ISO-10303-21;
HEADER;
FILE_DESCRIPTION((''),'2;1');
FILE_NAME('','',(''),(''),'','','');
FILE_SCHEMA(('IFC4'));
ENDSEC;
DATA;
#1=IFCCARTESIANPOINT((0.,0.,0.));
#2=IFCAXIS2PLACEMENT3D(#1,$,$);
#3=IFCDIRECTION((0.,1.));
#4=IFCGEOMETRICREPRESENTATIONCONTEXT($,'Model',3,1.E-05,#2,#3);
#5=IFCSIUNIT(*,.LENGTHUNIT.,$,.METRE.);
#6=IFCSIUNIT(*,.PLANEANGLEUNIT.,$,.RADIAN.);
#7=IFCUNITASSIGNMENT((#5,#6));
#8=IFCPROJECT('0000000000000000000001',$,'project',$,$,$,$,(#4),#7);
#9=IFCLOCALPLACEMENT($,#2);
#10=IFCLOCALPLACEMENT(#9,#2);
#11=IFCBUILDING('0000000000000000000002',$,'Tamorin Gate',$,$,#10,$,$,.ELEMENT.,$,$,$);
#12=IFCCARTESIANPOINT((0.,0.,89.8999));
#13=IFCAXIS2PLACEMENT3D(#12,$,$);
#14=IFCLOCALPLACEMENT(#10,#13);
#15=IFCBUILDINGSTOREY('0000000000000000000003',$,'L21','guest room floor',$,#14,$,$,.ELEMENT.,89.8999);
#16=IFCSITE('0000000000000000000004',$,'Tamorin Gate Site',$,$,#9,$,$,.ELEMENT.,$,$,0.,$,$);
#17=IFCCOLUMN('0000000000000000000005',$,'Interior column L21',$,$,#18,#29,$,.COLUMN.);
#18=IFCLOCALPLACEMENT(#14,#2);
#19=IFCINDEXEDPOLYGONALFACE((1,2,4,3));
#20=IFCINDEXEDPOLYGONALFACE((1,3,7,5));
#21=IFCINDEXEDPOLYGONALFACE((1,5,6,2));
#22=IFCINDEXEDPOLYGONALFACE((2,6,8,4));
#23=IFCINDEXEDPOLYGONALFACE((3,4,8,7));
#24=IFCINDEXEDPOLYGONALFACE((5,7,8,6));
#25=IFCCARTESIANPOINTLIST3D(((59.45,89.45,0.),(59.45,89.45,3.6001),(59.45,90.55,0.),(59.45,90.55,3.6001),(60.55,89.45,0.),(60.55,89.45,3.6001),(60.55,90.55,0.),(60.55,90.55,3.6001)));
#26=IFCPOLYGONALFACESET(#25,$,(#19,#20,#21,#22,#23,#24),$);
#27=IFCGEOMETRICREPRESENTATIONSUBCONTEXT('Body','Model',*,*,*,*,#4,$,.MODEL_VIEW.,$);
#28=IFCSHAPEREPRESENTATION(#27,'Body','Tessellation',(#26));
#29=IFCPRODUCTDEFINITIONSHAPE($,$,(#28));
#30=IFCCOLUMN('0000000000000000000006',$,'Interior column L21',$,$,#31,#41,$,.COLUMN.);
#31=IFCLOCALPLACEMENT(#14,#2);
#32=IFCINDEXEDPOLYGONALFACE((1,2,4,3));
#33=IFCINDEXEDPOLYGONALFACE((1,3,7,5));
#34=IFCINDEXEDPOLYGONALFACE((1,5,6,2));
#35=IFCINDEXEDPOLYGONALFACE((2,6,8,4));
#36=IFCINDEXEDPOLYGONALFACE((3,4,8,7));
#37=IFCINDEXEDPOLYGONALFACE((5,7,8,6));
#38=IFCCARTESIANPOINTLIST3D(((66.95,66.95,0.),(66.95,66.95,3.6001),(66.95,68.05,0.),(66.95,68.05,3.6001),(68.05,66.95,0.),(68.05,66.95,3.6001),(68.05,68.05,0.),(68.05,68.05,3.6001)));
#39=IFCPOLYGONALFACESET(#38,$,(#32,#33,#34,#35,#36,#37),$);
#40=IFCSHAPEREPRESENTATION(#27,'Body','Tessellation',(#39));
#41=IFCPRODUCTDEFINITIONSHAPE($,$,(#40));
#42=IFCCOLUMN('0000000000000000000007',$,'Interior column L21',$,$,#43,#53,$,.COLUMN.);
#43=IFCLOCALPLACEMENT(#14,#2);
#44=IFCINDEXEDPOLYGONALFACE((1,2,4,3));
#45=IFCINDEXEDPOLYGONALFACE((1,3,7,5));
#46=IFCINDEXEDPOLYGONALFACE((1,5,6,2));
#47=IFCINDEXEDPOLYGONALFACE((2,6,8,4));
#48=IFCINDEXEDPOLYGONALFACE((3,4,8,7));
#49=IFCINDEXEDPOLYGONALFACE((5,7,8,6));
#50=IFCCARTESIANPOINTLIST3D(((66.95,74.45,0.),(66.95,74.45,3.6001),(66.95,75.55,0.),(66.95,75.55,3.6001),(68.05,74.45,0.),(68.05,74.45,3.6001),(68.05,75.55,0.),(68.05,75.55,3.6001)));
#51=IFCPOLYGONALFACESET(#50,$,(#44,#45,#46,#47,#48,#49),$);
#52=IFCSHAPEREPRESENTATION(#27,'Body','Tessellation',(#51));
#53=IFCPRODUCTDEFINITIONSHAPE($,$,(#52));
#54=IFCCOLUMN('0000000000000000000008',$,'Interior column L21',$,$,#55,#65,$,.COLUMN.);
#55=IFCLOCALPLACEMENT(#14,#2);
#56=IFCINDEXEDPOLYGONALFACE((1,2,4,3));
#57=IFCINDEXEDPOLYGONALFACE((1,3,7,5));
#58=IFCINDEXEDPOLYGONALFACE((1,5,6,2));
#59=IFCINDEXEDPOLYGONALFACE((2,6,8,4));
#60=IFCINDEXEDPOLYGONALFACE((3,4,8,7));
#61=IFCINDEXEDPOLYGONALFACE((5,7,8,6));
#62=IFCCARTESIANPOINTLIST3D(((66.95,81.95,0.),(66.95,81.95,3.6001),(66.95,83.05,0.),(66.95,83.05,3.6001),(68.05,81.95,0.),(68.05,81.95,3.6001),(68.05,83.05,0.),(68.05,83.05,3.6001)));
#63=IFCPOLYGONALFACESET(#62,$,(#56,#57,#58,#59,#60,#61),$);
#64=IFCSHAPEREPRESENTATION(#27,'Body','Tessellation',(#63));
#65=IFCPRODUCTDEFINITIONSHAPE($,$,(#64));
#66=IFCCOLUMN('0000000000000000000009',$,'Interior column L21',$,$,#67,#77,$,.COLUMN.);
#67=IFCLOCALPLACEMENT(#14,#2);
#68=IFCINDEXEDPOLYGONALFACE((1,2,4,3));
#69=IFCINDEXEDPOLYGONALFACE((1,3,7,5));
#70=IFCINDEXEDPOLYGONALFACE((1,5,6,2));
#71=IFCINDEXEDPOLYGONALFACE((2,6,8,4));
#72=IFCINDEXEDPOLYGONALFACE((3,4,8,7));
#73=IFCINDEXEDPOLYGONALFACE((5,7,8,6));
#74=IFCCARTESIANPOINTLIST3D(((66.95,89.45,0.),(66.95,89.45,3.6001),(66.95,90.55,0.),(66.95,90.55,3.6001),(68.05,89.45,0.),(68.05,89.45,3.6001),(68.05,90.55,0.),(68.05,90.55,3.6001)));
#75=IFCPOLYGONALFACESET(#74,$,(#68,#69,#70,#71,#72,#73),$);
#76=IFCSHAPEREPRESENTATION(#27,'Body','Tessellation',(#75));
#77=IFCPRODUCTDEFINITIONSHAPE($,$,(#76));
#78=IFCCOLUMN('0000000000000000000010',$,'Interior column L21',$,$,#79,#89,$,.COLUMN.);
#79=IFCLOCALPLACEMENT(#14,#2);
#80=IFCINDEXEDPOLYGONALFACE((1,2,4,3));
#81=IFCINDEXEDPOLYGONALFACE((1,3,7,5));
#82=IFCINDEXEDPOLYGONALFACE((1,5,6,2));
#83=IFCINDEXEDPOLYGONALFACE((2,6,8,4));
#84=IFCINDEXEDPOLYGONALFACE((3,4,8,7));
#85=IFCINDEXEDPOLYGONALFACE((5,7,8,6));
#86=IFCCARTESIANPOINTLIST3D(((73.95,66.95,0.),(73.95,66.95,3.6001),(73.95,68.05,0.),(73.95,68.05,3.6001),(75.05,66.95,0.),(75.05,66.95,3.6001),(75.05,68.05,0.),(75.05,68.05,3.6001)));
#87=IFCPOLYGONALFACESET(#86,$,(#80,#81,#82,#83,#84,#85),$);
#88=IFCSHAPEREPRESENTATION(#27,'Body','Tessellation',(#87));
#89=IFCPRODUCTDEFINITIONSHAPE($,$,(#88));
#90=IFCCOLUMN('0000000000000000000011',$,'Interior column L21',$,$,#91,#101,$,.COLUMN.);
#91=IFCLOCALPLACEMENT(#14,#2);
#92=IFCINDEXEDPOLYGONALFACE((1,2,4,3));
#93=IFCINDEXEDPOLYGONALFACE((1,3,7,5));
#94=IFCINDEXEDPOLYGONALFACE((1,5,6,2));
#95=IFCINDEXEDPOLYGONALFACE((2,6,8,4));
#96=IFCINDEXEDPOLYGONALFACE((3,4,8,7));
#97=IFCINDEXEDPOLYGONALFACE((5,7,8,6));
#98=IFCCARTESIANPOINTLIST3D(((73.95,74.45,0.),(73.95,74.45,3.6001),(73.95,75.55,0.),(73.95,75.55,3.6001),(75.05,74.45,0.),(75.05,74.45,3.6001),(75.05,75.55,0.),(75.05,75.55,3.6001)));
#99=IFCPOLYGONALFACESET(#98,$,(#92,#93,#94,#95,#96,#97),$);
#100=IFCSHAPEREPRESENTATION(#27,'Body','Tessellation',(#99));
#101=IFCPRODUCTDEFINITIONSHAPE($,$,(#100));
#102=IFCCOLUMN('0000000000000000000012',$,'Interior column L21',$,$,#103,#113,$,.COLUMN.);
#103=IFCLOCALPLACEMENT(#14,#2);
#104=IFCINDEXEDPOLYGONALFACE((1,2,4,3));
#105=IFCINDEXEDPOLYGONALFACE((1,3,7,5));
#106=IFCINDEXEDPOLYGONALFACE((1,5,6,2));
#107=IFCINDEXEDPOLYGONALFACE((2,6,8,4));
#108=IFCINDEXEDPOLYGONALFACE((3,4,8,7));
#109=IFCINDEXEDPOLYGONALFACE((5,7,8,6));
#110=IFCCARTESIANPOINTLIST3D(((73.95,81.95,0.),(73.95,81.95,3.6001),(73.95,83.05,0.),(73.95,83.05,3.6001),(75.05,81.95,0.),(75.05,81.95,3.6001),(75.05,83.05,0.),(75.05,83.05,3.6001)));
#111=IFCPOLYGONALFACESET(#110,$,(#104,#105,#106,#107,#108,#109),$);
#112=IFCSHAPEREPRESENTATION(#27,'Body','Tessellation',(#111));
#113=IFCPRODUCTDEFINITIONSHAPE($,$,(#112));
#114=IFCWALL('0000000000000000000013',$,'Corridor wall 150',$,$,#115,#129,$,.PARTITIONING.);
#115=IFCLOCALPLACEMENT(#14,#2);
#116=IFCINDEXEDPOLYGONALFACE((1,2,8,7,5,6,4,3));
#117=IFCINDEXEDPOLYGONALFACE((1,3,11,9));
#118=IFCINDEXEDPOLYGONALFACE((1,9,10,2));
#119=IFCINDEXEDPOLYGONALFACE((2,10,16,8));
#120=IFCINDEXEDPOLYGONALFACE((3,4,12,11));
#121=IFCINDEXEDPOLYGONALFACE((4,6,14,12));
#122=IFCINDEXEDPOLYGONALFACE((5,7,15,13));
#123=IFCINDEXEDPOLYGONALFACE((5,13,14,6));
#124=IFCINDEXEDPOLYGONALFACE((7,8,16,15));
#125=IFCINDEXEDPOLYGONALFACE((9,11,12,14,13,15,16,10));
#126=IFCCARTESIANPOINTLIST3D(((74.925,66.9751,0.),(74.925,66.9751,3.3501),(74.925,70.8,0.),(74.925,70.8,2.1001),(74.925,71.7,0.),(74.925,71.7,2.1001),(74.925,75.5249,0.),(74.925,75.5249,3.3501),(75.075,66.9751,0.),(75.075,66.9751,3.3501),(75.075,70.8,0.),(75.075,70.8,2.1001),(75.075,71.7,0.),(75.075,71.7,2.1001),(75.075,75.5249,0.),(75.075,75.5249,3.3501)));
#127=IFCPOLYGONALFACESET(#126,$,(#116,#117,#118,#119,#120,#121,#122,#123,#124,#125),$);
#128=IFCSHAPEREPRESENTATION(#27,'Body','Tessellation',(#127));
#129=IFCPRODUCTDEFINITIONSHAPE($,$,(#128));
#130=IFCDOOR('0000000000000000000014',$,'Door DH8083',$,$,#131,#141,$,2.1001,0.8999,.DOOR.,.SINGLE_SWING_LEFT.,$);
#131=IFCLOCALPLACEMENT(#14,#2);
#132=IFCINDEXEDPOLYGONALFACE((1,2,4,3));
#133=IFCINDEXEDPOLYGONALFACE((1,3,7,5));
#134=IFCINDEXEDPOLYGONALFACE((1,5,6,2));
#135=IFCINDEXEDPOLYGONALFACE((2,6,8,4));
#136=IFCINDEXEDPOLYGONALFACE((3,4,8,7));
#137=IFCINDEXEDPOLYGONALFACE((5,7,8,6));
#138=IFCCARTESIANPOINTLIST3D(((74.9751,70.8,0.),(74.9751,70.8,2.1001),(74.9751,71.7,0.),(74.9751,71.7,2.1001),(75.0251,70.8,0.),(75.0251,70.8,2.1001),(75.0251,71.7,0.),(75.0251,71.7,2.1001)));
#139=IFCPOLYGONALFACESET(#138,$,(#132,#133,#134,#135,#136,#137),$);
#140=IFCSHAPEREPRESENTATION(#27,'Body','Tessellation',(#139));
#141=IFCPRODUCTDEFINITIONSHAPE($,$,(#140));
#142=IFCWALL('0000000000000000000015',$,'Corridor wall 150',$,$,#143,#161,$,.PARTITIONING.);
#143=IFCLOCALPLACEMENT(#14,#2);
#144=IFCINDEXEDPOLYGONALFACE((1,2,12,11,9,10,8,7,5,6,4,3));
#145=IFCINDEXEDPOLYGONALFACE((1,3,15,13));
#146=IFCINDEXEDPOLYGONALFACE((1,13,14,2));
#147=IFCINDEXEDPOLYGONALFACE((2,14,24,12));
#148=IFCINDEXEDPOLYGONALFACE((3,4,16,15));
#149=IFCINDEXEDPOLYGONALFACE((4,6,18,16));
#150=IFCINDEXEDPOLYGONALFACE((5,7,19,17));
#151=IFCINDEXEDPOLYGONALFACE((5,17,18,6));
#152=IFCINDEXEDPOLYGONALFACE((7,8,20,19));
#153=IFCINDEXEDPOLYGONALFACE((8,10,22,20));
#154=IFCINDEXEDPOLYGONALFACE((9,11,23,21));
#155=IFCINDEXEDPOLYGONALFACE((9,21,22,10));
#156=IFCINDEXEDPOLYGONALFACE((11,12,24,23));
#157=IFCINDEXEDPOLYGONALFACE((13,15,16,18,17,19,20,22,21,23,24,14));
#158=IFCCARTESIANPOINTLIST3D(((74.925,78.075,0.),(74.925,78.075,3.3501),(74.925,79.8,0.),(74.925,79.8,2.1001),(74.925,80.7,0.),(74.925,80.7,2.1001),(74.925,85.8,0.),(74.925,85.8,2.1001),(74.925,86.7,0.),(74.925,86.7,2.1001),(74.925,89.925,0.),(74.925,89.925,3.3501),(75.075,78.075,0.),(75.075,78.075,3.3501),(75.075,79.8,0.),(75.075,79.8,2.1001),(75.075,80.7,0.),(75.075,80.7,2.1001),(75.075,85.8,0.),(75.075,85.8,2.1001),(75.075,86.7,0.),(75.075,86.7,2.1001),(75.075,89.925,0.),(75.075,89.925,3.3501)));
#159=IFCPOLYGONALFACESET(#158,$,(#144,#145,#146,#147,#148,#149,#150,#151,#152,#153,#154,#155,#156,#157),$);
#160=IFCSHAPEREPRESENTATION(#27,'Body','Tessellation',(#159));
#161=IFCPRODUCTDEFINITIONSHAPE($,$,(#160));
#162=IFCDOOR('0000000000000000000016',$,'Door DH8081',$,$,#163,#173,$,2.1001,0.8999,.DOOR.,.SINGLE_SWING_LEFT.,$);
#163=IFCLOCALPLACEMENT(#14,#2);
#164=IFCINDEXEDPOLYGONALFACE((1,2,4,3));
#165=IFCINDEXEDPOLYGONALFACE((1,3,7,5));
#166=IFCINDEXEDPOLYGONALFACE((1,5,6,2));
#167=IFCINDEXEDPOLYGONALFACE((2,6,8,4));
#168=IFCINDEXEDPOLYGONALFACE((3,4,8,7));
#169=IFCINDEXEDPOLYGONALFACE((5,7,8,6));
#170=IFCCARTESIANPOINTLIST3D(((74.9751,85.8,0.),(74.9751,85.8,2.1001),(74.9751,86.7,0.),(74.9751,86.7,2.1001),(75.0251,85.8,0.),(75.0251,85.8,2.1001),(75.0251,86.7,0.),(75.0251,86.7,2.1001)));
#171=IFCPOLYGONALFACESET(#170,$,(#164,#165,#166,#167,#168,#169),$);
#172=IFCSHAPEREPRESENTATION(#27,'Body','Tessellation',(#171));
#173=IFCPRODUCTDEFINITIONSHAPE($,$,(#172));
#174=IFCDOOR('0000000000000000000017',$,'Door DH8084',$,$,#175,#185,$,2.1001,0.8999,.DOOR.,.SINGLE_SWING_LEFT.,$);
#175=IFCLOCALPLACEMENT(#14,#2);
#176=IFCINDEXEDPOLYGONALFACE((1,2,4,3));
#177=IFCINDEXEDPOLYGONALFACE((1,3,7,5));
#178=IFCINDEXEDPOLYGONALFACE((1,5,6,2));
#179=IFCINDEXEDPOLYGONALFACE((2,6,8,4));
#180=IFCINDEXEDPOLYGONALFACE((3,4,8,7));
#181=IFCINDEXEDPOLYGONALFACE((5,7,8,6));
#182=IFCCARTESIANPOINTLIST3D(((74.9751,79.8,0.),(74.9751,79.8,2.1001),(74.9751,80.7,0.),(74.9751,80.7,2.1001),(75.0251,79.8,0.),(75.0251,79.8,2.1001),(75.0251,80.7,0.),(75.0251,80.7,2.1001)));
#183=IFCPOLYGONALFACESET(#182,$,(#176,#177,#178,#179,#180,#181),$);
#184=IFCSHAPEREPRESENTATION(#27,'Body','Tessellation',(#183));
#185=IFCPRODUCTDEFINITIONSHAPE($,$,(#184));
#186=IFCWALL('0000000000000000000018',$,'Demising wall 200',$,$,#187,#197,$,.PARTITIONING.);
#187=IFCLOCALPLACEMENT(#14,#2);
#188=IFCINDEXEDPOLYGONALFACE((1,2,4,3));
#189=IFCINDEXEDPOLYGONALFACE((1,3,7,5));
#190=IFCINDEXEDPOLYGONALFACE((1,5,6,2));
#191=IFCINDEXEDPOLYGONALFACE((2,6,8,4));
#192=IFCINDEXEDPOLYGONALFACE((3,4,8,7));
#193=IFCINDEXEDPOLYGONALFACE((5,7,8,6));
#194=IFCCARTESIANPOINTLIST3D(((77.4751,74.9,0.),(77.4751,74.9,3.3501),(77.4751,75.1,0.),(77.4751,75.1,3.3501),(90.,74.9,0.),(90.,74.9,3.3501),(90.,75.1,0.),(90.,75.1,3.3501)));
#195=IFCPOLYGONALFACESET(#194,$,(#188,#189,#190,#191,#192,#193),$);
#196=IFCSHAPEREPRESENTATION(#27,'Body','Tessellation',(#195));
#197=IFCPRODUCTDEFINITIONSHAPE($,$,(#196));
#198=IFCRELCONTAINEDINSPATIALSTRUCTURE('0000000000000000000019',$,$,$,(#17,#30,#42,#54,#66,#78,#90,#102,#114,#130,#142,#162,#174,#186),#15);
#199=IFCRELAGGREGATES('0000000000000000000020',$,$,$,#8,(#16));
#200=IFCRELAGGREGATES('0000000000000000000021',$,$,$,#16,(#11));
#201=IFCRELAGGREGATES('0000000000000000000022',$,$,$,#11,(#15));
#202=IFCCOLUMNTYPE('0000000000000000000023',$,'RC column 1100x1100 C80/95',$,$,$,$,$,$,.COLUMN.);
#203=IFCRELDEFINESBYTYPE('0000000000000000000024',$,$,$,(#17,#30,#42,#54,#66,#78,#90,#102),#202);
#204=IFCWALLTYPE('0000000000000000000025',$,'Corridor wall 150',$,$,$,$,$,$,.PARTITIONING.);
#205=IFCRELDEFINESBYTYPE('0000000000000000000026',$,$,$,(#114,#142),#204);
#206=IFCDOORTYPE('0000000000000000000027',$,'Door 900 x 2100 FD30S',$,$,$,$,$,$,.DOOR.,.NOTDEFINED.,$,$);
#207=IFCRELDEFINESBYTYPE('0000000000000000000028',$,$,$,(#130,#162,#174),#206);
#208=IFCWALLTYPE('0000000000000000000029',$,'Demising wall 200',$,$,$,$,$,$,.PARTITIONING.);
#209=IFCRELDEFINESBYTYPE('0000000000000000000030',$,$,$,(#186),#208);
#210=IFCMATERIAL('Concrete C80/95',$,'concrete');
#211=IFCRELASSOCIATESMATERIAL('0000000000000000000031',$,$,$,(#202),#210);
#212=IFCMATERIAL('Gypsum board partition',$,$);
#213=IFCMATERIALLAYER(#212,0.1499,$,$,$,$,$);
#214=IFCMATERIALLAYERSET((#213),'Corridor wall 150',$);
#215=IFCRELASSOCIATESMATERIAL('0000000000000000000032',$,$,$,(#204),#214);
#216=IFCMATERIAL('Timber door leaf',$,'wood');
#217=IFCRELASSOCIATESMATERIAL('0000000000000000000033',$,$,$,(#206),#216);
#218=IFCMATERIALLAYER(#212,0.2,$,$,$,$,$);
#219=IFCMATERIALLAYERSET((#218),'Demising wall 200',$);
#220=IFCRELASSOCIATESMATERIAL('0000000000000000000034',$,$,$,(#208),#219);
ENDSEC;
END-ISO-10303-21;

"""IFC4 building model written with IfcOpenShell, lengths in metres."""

from ifc_helpers import new_model, si_unit, direction, frame, frame_2d, origin, origin_2d, place, context, subcontext, project, spatial, rectangle, extrude, material, layer, layer_set, material_profile, profile_set, type_object, element, fill, save


model = new_model("IFC4")

# Units and contexts
model_context = context("Model", 3, precision=1e-05, world=origin(), true_north=direction((0.0, 1.0)))
body_context = subcontext(model_context, "Body", "Model", "MODEL_VIEW")
ifc_project = project(units=[si_unit("LENGTHUNIT", "METRE"), si_unit("PLANEANGLEUNIT", "RADIAN")], contexts=[model_context])

# Site, building, storey
site_placement = place(None, origin())
site = spatial("IfcSite", under=ifc_project, at=site_placement, Name="Tamorin Gate Site", CompositionType="ELEMENT", RefElevation=0.0)
building_placement = place(site_placement, origin())
building = spatial("IfcBuilding", under=site, at=building_placement, Name="Tamorin Gate", CompositionType="ELEMENT")
storey_placement = place(building_placement, frame((0.0, 0.0, 89.8999)))
storey = spatial("IfcBuildingStorey", under=building, at=storey_placement, Name="L21", Description="guest room floor", CompositionType="ELEMENT", Elevation=89.8999)

# Columns
ifc_material_1 = material(Name="Concrete C80/95", Category="concrete")
ifc_material_profile = material_profile(ifc_material_1, rectangle(XDim=1.1001, YDim=1.1001, at=origin_2d()), Name="RC 1100x1100")
ifc_profile_set = profile_set([ifc_material_profile], Name="Concrete C80/95")
column_type = type_object("IfcColumnType", Name="RC column 1100x1100 C80/95", PredefinedType="COLUMN", material=ifc_profile_set)
for number, where, z_axis, x_axis, name in (
    (1, (60.0, 90.0, 0.0), (0.0, 0.0, 1.0), (1.0, 0.0, 0.0), "Interior column L21"),
    (2, (67.5, 67.5, 0.0), (0.0, 0.0, 1.0), (1.0, 0.0, 0.0), "Interior column L21"),
    (3, (67.5, 75.0, 0.0), (0.0, 0.0, 1.0), (1.0, 0.0, 0.0), "Interior column L21"),
    (4, (67.5, 82.5, 0.0), (0.0, 0.0, 1.0), (1.0, 0.0, 0.0), "Interior column L21"),
    (5, (67.5, 90.0, 0.0), (0.0, 0.0, 1.0), (1.0, 0.0, 0.0), "Interior column L21"),
    (6, (74.5, 67.5, 0.0), (0.0, 0.0, 1.0), (1.0, 0.0, 0.0), "Interior column L21"),
    (7, (74.5, 75.0, 0.0), (0.0, 0.0, 1.0), (1.0, 0.0, 0.0), "Interior column L21"),
    (8, (74.5, 82.5, 0.0), (0.0, 0.0, 1.0), (1.0, 0.0, 0.0), "Interior column L21"),
):
    element("IfcColumn", number, at=place(storey_placement, frame(where, z_axis=z_axis, x_axis=x_axis)), inside=storey, type_object=column_type, Name=name, PredefinedType="COLUMN", context=body_context, shape_type="SweptSolid", body=[
        extrude(rectangle(XDim=1.1001, YDim=1.1001, at=origin_2d()), origin(), (0.0, 0.0, 1.0), 3.6001),
    ])

# Wall, opening, door
ifc_material_2 = material(Name="Gypsum board partition")
ifc_layer_1 = layer(ifc_material_2, 0.1499)
ifc_layer_set_1 = layer_set([ifc_layer_1], Name="Corridor wall 150")
wall_type_1 = type_object("IfcWallType", Name="Corridor wall 150", PredefinedType="PARTITIONING", material=ifc_layer_set_1)
wall_1_placement = place(storey_placement, frame((75.0, 66.9751, 0.0), z_axis=(0.0, 0.0, 1.0), x_axis=(0.0, 1.0, 0.0)))
wall_1 = element("IfcWall", 9, at=wall_1_placement, inside=storey, type_object=wall_type_1, Name="Corridor wall 150", PredefinedType="PARTITIONING", context=body_context, shape_type="SweptSolid", body=[
    extrude(rectangle(XDim=8.5498, YDim=0.1499, at=frame_2d((4.2749, 0.0))), origin(), (0.0, 0.0, 1.0), 3.3501),
])
opening_1_placement = place(wall_1_placement, frame((3.825, 0.0, 0.0)))
opening_1 = element("IfcOpeningElement", 10, at=opening_1_placement, cuts=wall_1, PredefinedType="OPENING", context=body_context, shape_type="SweptSolid", body=[
    extrude(rectangle(XDim=0.8999, YDim=2.1001, at=frame_2d((0.45, 1.05))), frame((0.0, 0.085, 0.0), z_axis=(0.0, -1.0, 0.0), x_axis=(1.0, 0.0, 0.0)), (0.0, 0.0, 1.0), 0.1699),
])
ifc_material_3 = material(Name="Timber door leaf", Category="wood")
door_type_1 = type_object("IfcDoorType", Name="Door 900 x 2100 FD30S", OperationType="NOTDEFINED", PredefinedType="DOOR", material=ifc_material_3)
door_1_placement = place(opening_1_placement, origin())
door_1 = element("IfcDoor", 11, at=door_1_placement, inside=storey, type_object=door_type_1, Name="Door DH8083", OperationType="SINGLE_SWING_LEFT", OverallHeight=2.1001, OverallWidth=0.8999, PredefinedType="DOOR", context=body_context, shape_type="SweptSolid", body=[
    extrude(rectangle(XDim=0.8999, YDim=2.1001, at=frame_2d((0.45, 1.05))), frame((0.0, 0.0249, 0.0), z_axis=(0.0, -1.0, 0.0), x_axis=(1.0, 0.0, 0.0)), (0.0, 0.0, 1.0), 0.05),
])
fill(opening_1, door_1)

# Wall, openings, doors
wall_2_placement = place(storey_placement, frame((75.0, 78.075, 0.0), z_axis=(0.0, 0.0, 1.0), x_axis=(0.0, 1.0, 0.0)))
wall_2 = element("IfcWall", 12, at=wall_2_placement, inside=storey, type_object=wall_type_1, Name="Corridor wall 150", PredefinedType="PARTITIONING", context=body_context, shape_type="SweptSolid", body=[
    extrude(rectangle(XDim=11.8501, YDim=0.1499, at=frame_2d((5.925, 0.0))), origin(), (0.0, 0.0, 1.0), 3.3501),
])
opening_2_placement = place(wall_2_placement, frame((7.7251, 0.0, 0.0)))
opening_2 = element("IfcOpeningElement", 13, at=opening_2_placement, cuts=wall_2, PredefinedType="OPENING", context=body_context, shape_type="SweptSolid", body=[
    extrude(rectangle(XDim=0.8999, YDim=2.1001, at=frame_2d((0.45, 1.05))), frame((0.0, 0.085, 0.0), z_axis=(0.0, -1.0, 0.0), x_axis=(1.0, 0.0, 0.0)), (0.0, 0.0, 1.0), 0.1699),
])
opening_3_placement = place(wall_2_placement, frame((1.7251, 0.0, 0.0)))
opening_3 = element("IfcOpeningElement", 14, at=opening_3_placement, cuts=wall_2, PredefinedType="OPENING", context=body_context, shape_type="SweptSolid", body=[
    extrude(rectangle(XDim=0.8999, YDim=2.1001, at=frame_2d((0.45, 1.05))), frame((0.0, 0.085, 0.0), z_axis=(0.0, -1.0, 0.0), x_axis=(1.0, 0.0, 0.0)), (0.0, 0.0, 1.0), 0.1699),
])
door_2_placement = place(opening_2_placement, origin())
door_2 = element("IfcDoor", 15, at=door_2_placement, inside=storey, type_object=door_type_1, Name="Door DH8081", OperationType="SINGLE_SWING_LEFT", OverallHeight=2.1001, OverallWidth=0.8999, PredefinedType="DOOR", context=body_context, shape_type="SweptSolid", body=[
    extrude(rectangle(XDim=0.8999, YDim=2.1001, at=frame_2d((0.45, 1.05))), frame((0.0, 0.0249, 0.0), z_axis=(0.0, -1.0, 0.0), x_axis=(1.0, 0.0, 0.0)), (0.0, 0.0, 1.0), 0.05),
])
fill(opening_2, door_2)
door_3_placement = place(opening_3_placement, origin())
door_3 = element("IfcDoor", 16, at=door_3_placement, inside=storey, type_object=door_type_1, Name="Door DH8084", OperationType="SINGLE_SWING_LEFT", OverallHeight=2.1001, OverallWidth=0.8999, PredefinedType="DOOR", context=body_context, shape_type="SweptSolid", body=[
    extrude(rectangle(XDim=0.8999, YDim=2.1001, at=frame_2d((0.45, 1.05))), frame((0.0, 0.0249, 0.0), z_axis=(0.0, -1.0, 0.0), x_axis=(1.0, 0.0, 0.0)), (0.0, 0.0, 1.0), 0.05),
])
fill(opening_3, door_3)

# Wall
ifc_layer_2 = layer(ifc_material_2, 0.2)
ifc_layer_set_2 = layer_set([ifc_layer_2], Name="Demising wall 200")
wall_type_2 = type_object("IfcWallType", Name="Demising wall 200", PredefinedType="PARTITIONING", material=ifc_layer_set_2)
wall_3_placement = place(storey_placement, frame((77.4751, 75.0, 0.0), z_axis=(0.0, 0.0, 1.0), x_axis=(1.0, 0.0, 0.0)))
element("IfcWall", 17, at=wall_3_placement, inside=storey, type_object=wall_type_2, Name="Demising wall 200", PredefinedType="PARTITIONING", context=body_context, shape_type="SweptSolid", body=[
    extrude(rectangle(XDim=12.5249, YDim=0.2, at=frame_2d((6.2625, 0.0))), origin(), (0.0, 0.0, 1.0), 3.3501),
])

save(model, "model.ifc")
